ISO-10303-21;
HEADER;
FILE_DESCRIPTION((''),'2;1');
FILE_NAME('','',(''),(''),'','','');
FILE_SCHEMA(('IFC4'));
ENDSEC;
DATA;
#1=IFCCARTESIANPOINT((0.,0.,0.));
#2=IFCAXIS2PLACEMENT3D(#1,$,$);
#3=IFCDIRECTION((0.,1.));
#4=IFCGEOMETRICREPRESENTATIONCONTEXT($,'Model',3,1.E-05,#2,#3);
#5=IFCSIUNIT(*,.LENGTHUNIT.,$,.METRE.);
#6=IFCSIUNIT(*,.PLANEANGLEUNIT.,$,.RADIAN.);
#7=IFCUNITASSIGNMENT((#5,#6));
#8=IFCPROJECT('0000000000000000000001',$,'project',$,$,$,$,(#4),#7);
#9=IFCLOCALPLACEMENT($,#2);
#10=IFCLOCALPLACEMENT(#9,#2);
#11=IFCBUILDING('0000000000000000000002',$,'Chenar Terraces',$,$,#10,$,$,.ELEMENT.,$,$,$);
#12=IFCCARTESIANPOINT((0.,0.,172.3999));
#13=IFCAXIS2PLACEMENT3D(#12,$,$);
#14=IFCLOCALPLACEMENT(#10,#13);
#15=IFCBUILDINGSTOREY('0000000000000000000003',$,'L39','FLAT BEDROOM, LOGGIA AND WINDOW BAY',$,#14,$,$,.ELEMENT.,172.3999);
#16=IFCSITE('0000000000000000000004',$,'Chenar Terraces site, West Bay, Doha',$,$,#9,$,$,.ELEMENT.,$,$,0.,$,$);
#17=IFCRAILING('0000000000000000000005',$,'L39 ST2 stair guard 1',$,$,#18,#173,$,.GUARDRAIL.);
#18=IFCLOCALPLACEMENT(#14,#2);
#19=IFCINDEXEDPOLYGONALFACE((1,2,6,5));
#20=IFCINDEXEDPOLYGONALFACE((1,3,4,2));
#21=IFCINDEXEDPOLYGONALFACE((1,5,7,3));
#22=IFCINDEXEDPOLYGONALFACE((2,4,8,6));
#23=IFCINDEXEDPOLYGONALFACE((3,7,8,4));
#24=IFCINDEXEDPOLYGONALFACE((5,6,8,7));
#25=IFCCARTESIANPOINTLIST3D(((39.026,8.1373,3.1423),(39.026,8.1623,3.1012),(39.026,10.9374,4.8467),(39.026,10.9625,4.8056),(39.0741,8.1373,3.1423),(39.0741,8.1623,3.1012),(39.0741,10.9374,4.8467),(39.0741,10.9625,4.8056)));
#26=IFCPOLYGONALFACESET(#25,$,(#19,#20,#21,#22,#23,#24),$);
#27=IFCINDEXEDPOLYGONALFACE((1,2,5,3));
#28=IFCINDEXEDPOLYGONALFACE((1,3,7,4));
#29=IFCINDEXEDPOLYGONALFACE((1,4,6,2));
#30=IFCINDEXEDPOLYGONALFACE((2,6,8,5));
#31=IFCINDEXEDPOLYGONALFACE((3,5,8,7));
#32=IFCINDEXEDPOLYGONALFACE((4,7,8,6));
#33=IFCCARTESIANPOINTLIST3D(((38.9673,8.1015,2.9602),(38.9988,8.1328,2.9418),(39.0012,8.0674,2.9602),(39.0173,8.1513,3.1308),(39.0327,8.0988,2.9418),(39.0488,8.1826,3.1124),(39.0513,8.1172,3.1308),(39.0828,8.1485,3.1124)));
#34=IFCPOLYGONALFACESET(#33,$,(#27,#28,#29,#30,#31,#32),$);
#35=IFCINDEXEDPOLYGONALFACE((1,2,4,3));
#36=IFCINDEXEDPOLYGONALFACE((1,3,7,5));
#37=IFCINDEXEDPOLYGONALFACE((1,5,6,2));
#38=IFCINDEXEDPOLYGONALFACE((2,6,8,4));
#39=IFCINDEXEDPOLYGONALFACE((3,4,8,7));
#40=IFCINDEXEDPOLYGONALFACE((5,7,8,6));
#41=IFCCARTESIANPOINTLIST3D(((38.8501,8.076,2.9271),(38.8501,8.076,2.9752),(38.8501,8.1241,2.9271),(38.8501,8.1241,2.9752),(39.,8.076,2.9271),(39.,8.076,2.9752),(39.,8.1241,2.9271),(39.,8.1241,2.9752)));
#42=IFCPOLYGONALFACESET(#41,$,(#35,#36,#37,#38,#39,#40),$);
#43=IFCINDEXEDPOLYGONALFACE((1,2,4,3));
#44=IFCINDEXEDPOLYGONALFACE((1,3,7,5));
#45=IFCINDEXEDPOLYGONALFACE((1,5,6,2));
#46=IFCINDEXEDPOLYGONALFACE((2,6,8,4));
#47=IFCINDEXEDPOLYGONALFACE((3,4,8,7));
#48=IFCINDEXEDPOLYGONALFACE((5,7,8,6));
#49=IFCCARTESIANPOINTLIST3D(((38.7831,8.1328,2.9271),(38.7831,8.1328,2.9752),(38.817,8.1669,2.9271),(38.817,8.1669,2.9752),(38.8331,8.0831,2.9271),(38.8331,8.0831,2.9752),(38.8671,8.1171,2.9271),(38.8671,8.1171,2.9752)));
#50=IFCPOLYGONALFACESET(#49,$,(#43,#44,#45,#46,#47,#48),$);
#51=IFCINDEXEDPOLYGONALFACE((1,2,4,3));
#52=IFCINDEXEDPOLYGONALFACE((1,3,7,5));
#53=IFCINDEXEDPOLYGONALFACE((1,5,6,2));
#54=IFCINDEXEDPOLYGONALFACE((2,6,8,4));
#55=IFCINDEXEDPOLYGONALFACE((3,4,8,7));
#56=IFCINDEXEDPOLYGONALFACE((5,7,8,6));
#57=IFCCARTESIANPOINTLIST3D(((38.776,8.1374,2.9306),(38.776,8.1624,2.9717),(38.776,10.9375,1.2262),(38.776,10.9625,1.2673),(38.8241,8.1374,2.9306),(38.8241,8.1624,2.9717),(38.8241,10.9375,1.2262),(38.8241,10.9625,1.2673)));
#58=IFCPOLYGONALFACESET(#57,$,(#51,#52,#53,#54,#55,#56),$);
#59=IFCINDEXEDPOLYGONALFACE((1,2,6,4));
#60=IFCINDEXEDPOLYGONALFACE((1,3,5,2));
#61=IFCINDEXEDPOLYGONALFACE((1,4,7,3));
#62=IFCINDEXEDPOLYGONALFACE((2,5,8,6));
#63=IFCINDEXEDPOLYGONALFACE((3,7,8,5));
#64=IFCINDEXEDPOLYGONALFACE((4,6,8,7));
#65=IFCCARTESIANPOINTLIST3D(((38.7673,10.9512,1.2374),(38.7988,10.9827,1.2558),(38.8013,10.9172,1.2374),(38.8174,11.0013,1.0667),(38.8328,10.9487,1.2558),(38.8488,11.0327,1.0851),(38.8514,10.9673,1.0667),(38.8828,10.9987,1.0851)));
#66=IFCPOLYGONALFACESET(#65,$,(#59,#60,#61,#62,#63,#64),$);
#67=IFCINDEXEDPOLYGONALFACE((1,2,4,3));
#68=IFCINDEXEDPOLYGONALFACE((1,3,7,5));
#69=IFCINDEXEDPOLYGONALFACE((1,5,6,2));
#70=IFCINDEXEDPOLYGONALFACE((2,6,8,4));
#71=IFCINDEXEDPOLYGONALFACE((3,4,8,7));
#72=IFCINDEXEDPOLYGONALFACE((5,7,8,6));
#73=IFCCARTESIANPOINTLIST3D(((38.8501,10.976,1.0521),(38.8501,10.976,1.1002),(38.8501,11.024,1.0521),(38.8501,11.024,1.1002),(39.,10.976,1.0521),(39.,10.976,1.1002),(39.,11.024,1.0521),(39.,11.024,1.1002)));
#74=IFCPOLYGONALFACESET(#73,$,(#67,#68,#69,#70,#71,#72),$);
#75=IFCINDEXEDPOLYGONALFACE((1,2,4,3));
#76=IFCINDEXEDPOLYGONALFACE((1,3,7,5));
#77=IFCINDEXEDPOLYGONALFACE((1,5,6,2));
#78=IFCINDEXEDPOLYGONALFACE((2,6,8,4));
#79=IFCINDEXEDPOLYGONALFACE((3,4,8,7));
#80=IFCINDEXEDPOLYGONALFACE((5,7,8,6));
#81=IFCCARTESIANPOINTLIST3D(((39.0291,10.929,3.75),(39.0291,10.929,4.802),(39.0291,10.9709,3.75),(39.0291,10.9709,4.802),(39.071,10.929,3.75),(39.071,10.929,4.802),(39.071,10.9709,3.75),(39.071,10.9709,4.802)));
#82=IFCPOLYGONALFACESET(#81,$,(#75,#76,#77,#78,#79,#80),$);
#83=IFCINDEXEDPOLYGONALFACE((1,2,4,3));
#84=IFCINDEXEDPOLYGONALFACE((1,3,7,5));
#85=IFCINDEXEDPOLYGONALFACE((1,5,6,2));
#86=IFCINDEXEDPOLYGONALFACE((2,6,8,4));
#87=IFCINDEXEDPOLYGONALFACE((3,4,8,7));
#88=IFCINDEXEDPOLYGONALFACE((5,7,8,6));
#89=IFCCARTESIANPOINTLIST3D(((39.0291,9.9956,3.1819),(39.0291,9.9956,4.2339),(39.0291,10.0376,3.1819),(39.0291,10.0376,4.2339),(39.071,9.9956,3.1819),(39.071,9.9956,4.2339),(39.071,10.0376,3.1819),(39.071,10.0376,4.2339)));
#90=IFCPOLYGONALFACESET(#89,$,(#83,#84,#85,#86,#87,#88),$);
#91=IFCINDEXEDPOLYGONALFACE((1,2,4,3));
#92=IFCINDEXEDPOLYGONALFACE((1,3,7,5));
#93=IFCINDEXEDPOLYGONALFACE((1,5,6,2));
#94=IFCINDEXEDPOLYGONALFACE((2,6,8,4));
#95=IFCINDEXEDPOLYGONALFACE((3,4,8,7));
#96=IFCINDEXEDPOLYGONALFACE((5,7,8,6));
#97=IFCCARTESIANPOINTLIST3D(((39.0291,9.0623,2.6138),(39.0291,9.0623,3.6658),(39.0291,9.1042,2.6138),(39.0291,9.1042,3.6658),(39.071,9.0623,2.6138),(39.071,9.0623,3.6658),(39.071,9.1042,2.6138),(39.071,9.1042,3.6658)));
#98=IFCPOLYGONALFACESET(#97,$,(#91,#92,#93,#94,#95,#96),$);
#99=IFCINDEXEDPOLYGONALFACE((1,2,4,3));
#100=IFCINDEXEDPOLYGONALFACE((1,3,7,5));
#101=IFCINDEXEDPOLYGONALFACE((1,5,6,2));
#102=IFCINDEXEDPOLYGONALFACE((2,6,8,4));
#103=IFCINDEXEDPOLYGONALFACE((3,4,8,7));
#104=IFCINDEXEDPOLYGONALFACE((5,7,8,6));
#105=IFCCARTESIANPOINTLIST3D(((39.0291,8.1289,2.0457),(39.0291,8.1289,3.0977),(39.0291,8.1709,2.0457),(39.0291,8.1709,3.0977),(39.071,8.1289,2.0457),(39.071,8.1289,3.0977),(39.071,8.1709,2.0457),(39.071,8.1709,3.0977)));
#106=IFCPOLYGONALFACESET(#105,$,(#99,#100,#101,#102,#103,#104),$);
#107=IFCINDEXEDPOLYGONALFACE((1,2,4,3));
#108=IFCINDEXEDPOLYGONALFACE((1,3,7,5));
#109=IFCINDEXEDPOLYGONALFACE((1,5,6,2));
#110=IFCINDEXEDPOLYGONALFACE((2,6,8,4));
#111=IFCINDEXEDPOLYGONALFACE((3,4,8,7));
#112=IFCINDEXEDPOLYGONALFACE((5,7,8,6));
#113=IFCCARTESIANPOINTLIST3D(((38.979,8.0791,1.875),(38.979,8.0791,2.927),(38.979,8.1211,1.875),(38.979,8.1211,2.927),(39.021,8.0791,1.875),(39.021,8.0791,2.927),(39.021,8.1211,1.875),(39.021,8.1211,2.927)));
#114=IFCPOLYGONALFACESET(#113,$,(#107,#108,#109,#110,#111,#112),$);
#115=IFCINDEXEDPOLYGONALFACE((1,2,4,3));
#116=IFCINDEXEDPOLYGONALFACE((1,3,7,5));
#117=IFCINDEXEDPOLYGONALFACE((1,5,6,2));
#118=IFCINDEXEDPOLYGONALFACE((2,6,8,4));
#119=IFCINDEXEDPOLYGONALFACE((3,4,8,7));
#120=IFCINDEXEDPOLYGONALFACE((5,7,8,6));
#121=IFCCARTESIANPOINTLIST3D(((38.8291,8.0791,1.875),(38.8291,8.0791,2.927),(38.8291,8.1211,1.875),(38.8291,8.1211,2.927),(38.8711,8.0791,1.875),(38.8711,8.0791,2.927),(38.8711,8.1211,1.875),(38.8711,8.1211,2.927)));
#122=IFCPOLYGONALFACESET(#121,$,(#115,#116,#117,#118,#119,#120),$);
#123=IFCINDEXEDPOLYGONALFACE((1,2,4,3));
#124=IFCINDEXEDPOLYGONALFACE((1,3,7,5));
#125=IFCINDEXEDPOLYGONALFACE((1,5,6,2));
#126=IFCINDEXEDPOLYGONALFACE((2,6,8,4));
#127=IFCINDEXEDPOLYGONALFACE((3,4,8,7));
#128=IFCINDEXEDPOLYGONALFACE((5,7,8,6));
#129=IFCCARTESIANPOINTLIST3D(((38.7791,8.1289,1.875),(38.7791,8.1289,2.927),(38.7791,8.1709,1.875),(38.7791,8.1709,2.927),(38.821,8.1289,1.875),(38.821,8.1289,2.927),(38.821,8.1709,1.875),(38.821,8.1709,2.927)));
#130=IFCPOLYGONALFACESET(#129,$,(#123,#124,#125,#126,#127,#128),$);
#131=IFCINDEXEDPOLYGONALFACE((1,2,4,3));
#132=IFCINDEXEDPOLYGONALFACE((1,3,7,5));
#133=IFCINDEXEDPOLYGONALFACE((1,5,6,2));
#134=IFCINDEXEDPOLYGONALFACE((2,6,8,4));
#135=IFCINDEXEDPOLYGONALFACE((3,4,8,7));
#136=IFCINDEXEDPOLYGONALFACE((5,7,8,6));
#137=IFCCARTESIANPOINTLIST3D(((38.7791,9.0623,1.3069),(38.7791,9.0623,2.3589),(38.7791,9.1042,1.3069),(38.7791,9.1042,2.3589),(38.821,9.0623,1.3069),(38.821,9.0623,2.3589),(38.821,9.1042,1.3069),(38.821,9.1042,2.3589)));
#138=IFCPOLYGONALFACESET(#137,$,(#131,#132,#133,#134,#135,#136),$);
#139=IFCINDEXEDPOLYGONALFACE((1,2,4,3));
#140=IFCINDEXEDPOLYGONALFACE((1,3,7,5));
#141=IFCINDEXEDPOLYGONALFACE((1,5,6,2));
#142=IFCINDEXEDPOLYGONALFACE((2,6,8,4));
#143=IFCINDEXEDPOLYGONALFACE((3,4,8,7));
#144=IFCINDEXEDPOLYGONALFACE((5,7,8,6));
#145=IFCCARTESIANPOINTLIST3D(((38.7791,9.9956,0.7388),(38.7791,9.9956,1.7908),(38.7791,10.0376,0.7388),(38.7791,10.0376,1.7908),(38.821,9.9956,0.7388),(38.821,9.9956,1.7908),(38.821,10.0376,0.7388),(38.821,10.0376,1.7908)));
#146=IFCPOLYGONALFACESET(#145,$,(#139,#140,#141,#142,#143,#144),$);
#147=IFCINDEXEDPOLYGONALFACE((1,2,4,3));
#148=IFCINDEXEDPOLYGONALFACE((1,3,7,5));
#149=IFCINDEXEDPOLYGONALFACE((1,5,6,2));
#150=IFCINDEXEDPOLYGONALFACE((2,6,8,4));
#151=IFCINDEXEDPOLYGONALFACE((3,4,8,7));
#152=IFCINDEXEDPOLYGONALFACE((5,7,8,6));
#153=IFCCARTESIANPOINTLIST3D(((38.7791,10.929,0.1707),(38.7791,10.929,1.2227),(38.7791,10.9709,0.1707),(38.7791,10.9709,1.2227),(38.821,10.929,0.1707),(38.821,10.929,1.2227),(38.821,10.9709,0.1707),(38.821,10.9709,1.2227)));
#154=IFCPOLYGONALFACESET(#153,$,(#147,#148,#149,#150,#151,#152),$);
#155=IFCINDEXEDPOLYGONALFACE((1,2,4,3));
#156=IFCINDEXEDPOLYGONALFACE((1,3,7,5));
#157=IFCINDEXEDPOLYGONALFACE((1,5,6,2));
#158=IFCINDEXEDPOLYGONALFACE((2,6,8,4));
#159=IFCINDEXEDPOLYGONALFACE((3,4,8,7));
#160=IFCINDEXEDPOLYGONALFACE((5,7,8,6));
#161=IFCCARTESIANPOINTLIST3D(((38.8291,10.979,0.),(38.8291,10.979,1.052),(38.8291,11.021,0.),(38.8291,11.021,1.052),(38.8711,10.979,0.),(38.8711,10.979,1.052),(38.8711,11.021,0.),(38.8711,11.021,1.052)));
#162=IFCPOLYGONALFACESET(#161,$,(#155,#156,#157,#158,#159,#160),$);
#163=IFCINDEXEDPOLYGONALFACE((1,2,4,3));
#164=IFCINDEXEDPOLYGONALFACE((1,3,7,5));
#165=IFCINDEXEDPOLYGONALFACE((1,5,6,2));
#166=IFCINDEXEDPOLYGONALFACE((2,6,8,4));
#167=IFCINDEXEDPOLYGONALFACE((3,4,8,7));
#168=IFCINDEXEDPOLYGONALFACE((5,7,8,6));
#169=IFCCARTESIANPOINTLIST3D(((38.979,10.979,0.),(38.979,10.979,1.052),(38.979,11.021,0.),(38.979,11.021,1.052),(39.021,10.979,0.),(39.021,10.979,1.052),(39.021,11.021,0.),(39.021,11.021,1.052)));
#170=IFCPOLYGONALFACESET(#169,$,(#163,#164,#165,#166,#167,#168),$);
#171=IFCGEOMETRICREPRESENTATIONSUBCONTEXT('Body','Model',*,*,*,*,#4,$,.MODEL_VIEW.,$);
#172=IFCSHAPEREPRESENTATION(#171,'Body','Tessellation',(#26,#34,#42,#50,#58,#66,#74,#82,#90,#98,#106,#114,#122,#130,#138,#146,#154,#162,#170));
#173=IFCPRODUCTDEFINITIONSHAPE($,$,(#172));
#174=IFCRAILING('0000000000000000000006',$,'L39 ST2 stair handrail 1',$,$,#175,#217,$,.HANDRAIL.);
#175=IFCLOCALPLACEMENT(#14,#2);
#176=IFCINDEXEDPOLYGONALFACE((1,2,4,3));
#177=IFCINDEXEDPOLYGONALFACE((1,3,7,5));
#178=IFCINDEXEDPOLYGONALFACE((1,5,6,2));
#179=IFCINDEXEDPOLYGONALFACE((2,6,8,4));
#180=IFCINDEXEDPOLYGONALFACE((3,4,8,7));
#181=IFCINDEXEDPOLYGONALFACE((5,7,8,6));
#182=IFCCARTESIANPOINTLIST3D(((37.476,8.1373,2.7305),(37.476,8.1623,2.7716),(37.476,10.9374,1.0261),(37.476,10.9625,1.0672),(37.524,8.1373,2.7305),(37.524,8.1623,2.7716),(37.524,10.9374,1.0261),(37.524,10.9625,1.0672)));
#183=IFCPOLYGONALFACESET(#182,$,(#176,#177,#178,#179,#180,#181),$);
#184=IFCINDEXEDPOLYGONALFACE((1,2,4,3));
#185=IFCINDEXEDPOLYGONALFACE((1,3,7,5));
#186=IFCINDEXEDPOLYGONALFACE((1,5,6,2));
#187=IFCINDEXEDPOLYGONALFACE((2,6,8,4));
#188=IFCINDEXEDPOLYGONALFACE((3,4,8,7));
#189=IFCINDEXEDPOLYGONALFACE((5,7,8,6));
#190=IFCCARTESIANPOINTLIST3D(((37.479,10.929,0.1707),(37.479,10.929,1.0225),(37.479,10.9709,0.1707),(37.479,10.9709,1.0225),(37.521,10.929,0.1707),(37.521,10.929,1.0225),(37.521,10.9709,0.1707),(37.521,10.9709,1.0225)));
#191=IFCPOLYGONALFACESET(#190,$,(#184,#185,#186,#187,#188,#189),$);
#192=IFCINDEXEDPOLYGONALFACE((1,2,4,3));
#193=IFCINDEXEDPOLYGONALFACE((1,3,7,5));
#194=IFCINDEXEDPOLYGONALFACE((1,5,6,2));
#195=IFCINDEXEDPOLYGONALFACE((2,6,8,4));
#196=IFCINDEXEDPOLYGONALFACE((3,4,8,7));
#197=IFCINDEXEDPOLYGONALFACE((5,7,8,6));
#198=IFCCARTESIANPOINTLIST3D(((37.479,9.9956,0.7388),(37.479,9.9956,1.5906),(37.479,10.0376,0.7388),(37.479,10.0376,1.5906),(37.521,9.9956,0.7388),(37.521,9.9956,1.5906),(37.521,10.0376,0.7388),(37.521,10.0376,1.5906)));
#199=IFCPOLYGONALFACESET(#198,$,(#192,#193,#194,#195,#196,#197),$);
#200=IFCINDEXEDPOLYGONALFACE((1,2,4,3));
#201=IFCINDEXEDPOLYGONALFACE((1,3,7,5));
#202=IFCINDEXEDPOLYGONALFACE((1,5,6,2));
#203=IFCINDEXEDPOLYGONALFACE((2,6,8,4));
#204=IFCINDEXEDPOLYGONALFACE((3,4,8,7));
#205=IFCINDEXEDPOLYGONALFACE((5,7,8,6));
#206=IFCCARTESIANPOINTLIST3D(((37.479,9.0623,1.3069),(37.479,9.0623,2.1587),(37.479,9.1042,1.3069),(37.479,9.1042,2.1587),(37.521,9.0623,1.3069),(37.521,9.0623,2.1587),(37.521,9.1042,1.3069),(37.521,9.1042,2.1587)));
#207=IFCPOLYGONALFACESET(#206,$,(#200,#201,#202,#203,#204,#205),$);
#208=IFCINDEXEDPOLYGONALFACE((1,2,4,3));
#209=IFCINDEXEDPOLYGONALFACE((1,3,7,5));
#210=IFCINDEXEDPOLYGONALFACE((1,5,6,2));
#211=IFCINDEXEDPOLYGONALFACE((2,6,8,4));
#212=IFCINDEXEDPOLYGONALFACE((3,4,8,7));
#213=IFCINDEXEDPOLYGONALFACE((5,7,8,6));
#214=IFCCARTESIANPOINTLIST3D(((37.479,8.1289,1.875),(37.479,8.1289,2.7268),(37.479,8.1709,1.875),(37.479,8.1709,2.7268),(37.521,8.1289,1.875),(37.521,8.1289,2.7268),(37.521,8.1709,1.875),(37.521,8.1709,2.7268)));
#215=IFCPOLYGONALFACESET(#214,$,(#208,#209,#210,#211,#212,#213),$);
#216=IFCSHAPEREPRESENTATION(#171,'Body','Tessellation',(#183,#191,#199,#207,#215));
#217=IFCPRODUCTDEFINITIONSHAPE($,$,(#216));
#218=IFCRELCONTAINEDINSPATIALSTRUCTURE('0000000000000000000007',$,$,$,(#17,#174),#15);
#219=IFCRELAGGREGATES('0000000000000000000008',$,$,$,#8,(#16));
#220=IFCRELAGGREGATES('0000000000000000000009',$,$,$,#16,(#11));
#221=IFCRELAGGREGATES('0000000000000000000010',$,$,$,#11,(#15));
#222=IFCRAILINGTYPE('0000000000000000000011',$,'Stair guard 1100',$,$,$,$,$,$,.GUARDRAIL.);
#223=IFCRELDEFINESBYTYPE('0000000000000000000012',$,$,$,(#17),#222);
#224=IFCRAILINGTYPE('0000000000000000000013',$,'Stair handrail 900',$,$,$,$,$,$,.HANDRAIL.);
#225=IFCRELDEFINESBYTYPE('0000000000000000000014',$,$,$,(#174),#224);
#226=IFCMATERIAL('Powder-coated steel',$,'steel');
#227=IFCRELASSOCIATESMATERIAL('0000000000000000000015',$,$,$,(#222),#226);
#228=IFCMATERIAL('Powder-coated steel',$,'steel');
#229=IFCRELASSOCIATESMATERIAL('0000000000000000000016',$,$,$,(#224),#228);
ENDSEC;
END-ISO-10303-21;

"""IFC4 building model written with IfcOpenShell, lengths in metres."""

from ifc_helpers import new_model, si_unit, direction, frame, origin, origin_2d, place, context, subcontext, project, spatial, rectangle, extrude, material, type_object, element, save


model = new_model("IFC4")

# Units and contexts
model_context = context("Model", 3, precision=1e-05, world=origin(), true_north=direction((0.0, 1.0)))
body_context = subcontext(model_context, "Body", "Model", "MODEL_VIEW")
ifc_project = project(units=[si_unit("LENGTHUNIT", "METRE"), si_unit("PLANEANGLEUNIT", "RADIAN")], contexts=[model_context])

# Site, building, storey
site_placement = place(None, origin())
site = spatial("IfcSite", under=ifc_project, at=site_placement, Name="Chenar Terraces site, West Bay, Doha", CompositionType="ELEMENT", RefElevation=0.0)
building_placement = place(site_placement, origin())
building = spatial("IfcBuilding", under=site, at=building_placement, Name="Chenar Terraces", CompositionType="ELEMENT")
storey_placement = place(building_placement, frame((0.0, 0.0, 172.3999)))
storey = spatial("IfcBuildingStorey", under=building, at=storey_placement, Name="L39", Description="FLAT BEDROOM, LOGGIA AND WINDOW BAY", CompositionType="ELEMENT", Elevation=172.3999)

# Railings
ifc_material_1 = material(Name="Powder-coated steel", Category="steel")
railing_type_1 = type_object("IfcRailingType", Name="Stair guard 1100", PredefinedType="GUARDRAIL", material=ifc_material_1)
railing_1_placement = place(storey_placement, frame((39.05, 10.95, 3.75)))
element("IfcRailing", 1, at=railing_1_placement, inside=storey, type_object=railing_type_1, Name="L39 ST2 stair guard 1", PredefinedType="GUARDRAIL", context=body_context, shape_type="SweptSolid", body=[
    extrude(rectangle(XDim=0.0481, YDim=0.0481, at=origin_2d()), frame((0.0, 0.0, 1.0762), z_axis=(0.0, -0.854203, -0.51994), x_axis=(1.0, 0.0, 0.0)), (0.0, 0.0, 1.0), 3.2781),
    extrude(rectangle(XDim=0.0481, YDim=0.0481, at=origin_2d()), frame((0.0, -2.8, -0.6284), z_axis=(-0.270997, -0.269675, -0.924033), x_axis=(0.705376, -0.708834, 0.0)), (0.0, 0.0, 1.0), 0.1846),
    extrude(rectangle(XDim=0.0481, YDim=0.0481, at=origin_2d()), frame((-0.05, -2.8499, -0.7988), z_axis=(-1.0, 0.0, 0.0), x_axis=(0.0, -1.0, 0.0)), (0.0, 0.0, 1.0), 0.1499),
    extrude(rectangle(XDim=0.0481, YDim=0.0481, at=origin_2d()), frame((-0.2, -2.8499, -0.7988), z_axis=(-0.708834, 0.705376, 0.0), x_axis=(-0.705376, -0.708834, 0.0)), (0.0, 0.0, 1.0), 0.0706),
    extrude(rectangle(XDim=0.0481, YDim=0.0481, at=origin_2d()), frame((-0.25, -2.8, -0.7988), z_axis=(0.0, 0.854203, -0.51994), x_axis=(-1.0, 0.0, 0.0)), (0.0, 0.0, 1.0), 3.2781),
    extrude(rectangle(XDim=0.0481, YDim=0.0481, at=origin_2d()), frame((-0.25, 0.0, -2.5034), z_axis=(0.2709, 0.2709, -0.923703), x_axis=(-0.707107, 0.707107, 0.0)), (0.0, 0.0, 1.0), 0.1848),
    extrude(rectangle(XDim=0.0481, YDim=0.0481, at=origin_2d()), frame((-0.2, 0.05, -2.6738), z_axis=(1.0, 0.0, 0.0), x_axis=(0.0, 1.0, 0.0)), (0.0, 0.0, 1.0), 0.1499),
    extrude(rectangle(XDim=0.042, YDim=0.042, at=origin_2d()), origin(), (0.0, 0.0, 1.0), 1.052),
    extrude(rectangle(XDim=0.042, YDim=0.042, at=origin_2d()), frame((0.0, -0.9333, -0.5681)), (0.0, 0.0, 1.0), 1.052),
    extrude(rectangle(XDim=0.042, YDim=0.042, at=origin_2d()), frame((0.0, -1.8667, -1.1362)), (0.0, 0.0, 1.0), 1.052),
    extrude(rectangle(XDim=0.042, YDim=0.042, at=origin_2d()), frame((0.0, -2.8, -1.7043)), (0.0, 0.0, 1.0), 1.052),
    extrude(rectangle(XDim=0.042, YDim=0.042, at=origin_2d()), frame((-0.05, -2.8499, -1.875)), (0.0, 0.0, 1.0), 1.052),
    extrude(rectangle(XDim=0.042, YDim=0.042, at=origin_2d()), frame((-0.2, -2.8499, -1.875)), (0.0, 0.0, 1.0), 1.052),
    extrude(rectangle(XDim=0.042, YDim=0.042, at=origin_2d()), frame((-0.25, -2.8, -1.875)), (0.0, 0.0, 1.0), 1.052),
    extrude(rectangle(XDim=0.042, YDim=0.042, at=origin_2d()), frame((-0.25, -1.8667, -2.4431)), (0.0, 0.0, 1.0), 1.052),
    extrude(rectangle(XDim=0.042, YDim=0.042, at=origin_2d()), frame((-0.25, -0.9333, -3.0112)), (0.0, 0.0, 1.0), 1.052),
    extrude(rectangle(XDim=0.042, YDim=0.042, at=origin_2d()), frame((-0.25, 0.0, -3.5793)), (0.0, 0.0, 1.0), 1.052),
    extrude(rectangle(XDim=0.042, YDim=0.042, at=origin_2d()), frame((-0.2, 0.05, -3.75)), (0.0, 0.0, 1.0), 1.052),
    extrude(rectangle(XDim=0.042, YDim=0.042, at=origin_2d()), frame((-0.05, 0.05, -3.75)), (0.0, 0.0, 1.0), 1.052),
])
ifc_material_2 = material(Name="Powder-coated steel", Category="steel")
railing_type_2 = type_object("IfcRailingType", Name="Stair handrail 900", PredefinedType="HANDRAIL", material=ifc_material_2)
railing_2_placement = place(storey_placement, frame((37.5, 10.95, 0.1707)))
element("IfcRailing", 2, at=railing_2_placement, inside=storey, type_object=railing_type_2, Name="L39 ST2 stair handrail 1", PredefinedType="HANDRAIL", context=body_context, shape_type="SweptSolid", body=[
    extrude(rectangle(XDim=0.0481, YDim=0.0481, at=origin_2d()), frame((0.0, 0.0, 0.876), z_axis=(0.0, -0.854203, 0.51994), x_axis=(1.0, 0.0, 0.0)), (0.0, 0.0, 1.0), 3.2781),
    extrude(rectangle(XDim=0.042, YDim=0.042, at=origin_2d()), origin(), (0.0, 0.0, 1.0), 0.8518),
    extrude(rectangle(XDim=0.042, YDim=0.042, at=origin_2d()), frame((0.0, -0.9333, 0.5681)), (0.0, 0.0, 1.0), 0.8518),
    extrude(rectangle(XDim=0.042, YDim=0.042, at=origin_2d()), frame((0.0, -1.8667, 1.1362)), (0.0, 0.0, 1.0), 0.8518),
    extrude(rectangle(XDim=0.042, YDim=0.042, at=origin_2d()), frame((0.0, -2.8, 1.7043)), (0.0, 0.0, 1.0), 0.8518),
])

save(model, "model.ifc")
